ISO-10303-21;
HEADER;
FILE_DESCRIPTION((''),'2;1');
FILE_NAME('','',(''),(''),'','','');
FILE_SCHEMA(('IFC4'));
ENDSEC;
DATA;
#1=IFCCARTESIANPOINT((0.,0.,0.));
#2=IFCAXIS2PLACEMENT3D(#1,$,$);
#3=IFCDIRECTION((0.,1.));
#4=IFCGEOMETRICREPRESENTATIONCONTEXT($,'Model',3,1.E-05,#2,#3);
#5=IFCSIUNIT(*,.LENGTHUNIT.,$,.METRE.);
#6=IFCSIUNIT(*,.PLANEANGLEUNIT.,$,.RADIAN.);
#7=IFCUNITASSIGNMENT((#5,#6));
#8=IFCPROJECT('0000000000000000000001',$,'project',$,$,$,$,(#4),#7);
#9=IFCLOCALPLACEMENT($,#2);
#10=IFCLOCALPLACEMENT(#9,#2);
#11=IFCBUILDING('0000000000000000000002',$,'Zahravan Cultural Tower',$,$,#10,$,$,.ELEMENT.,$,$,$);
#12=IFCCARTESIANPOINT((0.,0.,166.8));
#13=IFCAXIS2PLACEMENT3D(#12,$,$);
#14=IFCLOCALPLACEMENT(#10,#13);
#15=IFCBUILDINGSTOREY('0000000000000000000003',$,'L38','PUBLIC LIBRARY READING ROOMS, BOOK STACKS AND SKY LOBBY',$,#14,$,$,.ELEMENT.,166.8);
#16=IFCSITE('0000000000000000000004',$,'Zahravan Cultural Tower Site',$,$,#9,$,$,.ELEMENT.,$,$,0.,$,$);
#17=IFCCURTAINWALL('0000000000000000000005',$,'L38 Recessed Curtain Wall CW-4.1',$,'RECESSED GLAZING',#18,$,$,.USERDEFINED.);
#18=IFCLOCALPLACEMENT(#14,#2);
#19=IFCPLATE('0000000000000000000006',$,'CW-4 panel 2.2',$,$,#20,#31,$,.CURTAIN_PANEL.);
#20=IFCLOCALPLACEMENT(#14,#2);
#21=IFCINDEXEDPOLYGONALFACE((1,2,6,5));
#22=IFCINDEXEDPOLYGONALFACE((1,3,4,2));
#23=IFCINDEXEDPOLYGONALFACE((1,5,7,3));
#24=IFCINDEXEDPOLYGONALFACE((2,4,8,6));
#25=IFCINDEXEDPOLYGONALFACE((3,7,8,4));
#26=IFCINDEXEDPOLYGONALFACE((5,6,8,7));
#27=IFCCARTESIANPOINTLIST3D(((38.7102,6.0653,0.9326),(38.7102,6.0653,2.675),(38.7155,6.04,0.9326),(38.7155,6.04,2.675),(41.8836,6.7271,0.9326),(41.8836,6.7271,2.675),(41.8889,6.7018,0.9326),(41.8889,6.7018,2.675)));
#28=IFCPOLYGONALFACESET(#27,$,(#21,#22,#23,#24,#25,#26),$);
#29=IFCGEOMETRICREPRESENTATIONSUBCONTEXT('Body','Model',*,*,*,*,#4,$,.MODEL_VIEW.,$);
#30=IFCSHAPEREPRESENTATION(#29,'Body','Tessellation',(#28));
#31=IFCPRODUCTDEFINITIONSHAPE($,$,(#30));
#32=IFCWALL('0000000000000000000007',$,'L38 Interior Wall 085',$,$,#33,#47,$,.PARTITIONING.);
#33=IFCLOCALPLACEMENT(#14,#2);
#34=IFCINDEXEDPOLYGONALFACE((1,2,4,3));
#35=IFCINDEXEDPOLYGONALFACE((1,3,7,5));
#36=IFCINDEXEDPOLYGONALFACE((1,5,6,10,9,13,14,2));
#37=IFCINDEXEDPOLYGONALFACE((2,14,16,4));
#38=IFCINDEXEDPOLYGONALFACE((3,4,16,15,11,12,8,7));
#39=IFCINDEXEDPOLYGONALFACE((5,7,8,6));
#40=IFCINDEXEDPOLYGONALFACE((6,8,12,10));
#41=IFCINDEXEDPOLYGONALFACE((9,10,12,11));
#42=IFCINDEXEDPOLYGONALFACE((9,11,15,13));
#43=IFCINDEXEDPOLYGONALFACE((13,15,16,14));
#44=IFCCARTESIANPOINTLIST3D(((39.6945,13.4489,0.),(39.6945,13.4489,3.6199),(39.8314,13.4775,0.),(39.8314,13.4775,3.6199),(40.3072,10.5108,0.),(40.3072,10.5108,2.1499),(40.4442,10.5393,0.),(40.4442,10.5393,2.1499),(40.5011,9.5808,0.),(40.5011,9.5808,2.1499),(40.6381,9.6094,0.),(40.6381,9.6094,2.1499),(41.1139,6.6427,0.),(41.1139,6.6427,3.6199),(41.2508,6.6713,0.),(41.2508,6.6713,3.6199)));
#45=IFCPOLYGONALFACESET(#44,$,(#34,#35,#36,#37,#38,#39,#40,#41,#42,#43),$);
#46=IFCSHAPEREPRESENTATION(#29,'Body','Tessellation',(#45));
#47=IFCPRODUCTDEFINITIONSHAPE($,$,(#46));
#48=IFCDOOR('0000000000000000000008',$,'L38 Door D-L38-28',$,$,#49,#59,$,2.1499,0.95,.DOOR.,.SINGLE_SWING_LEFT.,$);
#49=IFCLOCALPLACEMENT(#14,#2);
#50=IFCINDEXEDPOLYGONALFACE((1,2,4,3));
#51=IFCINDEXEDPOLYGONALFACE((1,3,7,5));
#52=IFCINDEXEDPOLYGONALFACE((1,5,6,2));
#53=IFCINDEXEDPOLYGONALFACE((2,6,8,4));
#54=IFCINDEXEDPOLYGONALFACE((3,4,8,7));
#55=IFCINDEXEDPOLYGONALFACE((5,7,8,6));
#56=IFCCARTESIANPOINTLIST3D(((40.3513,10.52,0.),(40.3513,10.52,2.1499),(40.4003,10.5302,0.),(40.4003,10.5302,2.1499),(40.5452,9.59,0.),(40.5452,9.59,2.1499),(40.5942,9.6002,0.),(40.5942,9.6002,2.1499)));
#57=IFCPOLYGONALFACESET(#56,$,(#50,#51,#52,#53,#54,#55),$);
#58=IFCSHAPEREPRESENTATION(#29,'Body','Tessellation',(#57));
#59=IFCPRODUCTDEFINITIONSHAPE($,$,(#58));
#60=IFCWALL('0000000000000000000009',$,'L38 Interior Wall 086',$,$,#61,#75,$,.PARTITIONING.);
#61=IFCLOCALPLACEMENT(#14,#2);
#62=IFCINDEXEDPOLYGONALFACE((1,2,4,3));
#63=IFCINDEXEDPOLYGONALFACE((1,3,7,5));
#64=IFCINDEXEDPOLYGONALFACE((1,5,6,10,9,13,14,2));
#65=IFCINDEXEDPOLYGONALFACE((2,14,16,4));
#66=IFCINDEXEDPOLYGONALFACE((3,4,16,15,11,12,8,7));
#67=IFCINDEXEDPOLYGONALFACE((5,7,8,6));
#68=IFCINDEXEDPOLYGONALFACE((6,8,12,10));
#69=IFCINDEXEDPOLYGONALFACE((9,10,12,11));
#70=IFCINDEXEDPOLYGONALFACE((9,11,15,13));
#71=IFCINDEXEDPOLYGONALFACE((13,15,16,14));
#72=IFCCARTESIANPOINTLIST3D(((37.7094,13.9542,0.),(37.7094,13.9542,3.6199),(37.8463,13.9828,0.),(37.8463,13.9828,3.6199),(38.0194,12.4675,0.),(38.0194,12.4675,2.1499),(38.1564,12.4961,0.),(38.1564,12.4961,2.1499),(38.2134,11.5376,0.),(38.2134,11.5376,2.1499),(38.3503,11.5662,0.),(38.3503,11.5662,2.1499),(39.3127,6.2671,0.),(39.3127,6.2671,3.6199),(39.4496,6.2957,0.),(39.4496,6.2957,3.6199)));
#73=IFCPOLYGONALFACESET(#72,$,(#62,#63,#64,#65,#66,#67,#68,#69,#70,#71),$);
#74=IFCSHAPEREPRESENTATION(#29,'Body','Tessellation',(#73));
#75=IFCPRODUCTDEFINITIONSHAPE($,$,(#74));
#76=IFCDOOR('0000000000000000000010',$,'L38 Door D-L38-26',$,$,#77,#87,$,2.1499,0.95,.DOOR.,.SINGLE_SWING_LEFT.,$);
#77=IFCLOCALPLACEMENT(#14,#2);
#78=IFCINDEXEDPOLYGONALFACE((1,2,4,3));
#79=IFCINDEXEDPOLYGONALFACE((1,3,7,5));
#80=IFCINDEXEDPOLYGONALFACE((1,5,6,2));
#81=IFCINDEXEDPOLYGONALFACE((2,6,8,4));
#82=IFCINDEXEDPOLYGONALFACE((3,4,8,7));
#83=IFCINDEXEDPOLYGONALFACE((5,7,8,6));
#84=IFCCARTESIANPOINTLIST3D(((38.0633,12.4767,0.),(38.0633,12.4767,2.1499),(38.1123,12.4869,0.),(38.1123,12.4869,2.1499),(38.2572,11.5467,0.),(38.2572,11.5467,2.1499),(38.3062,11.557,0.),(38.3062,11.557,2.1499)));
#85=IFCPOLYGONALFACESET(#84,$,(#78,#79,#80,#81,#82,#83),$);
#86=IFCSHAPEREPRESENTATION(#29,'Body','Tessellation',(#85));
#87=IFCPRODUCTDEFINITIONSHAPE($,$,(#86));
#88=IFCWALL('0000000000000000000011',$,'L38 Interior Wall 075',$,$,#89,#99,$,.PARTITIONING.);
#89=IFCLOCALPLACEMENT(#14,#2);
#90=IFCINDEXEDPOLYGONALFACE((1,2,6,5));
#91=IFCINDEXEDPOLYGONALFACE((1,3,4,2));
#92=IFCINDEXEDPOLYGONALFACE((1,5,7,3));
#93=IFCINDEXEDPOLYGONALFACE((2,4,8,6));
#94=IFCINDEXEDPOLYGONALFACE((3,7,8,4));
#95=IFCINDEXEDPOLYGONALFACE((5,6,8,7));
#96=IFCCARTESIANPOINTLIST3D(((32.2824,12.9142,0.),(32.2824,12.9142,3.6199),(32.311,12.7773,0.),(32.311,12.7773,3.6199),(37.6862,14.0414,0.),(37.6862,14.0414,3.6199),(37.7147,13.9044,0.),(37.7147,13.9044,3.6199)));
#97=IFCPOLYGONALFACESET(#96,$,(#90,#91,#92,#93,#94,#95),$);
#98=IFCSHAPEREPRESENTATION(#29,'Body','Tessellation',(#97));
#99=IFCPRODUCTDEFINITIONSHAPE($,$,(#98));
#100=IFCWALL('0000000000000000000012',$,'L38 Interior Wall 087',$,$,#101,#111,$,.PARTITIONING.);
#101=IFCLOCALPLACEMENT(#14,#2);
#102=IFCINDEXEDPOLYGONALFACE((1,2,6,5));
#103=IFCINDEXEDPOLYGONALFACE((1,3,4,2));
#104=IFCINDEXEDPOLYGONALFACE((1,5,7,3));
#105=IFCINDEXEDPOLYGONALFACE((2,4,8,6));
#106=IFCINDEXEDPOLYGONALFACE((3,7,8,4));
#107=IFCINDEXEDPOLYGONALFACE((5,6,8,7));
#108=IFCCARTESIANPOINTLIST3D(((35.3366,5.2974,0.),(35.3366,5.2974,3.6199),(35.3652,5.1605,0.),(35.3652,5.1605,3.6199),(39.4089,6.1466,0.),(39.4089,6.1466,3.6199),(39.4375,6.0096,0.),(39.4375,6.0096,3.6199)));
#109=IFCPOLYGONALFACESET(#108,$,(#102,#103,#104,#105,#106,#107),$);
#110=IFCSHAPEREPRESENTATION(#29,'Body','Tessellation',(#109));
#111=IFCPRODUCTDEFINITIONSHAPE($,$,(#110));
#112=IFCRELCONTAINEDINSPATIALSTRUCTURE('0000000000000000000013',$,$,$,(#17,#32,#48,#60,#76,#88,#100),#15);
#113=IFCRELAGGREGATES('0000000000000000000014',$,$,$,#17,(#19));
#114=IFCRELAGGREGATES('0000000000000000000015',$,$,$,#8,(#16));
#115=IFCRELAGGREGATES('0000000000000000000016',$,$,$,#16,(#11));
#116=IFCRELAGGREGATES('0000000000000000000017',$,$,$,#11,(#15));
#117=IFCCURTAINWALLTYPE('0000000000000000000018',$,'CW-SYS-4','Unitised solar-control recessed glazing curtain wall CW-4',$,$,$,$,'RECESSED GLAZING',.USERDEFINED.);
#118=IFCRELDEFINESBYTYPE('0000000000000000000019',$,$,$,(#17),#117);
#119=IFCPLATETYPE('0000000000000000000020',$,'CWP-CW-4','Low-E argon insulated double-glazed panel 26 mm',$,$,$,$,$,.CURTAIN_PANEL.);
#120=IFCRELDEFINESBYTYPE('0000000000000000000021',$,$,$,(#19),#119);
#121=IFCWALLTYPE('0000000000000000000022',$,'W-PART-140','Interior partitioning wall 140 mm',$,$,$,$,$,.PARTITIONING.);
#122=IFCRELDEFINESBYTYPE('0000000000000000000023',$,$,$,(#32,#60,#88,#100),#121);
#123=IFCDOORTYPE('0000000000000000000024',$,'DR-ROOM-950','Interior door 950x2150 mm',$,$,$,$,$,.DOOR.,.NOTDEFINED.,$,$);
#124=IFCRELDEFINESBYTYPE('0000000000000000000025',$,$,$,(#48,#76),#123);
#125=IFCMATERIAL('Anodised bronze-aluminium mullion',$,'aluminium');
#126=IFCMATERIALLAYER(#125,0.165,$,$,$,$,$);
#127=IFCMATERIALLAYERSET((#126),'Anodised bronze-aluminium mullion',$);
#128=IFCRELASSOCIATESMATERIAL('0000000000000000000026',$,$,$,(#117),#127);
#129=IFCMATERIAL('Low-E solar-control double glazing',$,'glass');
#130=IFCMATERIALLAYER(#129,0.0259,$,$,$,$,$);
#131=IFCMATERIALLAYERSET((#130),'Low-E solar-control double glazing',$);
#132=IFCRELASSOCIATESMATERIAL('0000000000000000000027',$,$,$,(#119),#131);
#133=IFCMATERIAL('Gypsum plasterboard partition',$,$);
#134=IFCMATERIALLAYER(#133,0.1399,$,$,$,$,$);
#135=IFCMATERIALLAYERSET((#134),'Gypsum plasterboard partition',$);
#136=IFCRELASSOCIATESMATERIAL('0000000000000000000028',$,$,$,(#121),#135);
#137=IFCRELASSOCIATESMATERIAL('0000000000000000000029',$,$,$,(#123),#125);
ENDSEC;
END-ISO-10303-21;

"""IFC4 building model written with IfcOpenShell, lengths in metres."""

from ifc_helpers import new_model, si_unit, direction, frame, frame_2d, origin, origin_2d, place, context, subcontext, project, spatial, rectangle, extrude, source, transform, mapped, material, layer, layer_set, type_object, element, fill, aggregate, save


model = new_model("IFC4")

# Units and contexts
model_context = context("Model", 3, precision=1e-05, world=origin(), true_north=direction((0.0, 1.0)))
body_context = subcontext(model_context, "Body", "Model", "MODEL_VIEW")
ifc_project = project(units=[si_unit("LENGTHUNIT", "METRE"), si_unit("PLANEANGLEUNIT", "RADIAN")], contexts=[model_context])

# Site, building, storey
site_placement = place(None, origin())
site = spatial("IfcSite", under=ifc_project, at=site_placement, Name="Zahravan Cultural Tower Site", CompositionType="ELEMENT", RefElevation=0.0)
building_placement = place(site_placement, origin())
building = spatial("IfcBuilding", under=site, at=building_placement, Name="Zahravan Cultural Tower", CompositionType="ELEMENT")
storey_placement = place(building_placement, frame((0.0, 0.0, 166.8)))
storey = spatial("IfcBuildingStorey", under=building, at=storey_placement, Name="L38", Description="PUBLIC LIBRARY READING ROOMS, BOOK STACKS AND SKY LOBBY", CompositionType="ELEMENT", Elevation=166.8)

# Curtain wall, plate
ifc_material_1 = material(Name="Anodised bronze-aluminium mullion", Category="aluminium")
ifc_layer_1 = layer(ifc_material_1, 0.165)
ifc_layer_set_1 = layer_set([ifc_layer_1], Name="Anodised bronze-aluminium mullion")
curtain_wall_type = type_object("IfcCurtainWallType", Name="CW-SYS-4", Description="Unitised solar-control recessed glazing curtain wall CW-4", ElementType="RECESSED GLAZING", PredefinedType="USERDEFINED", material=ifc_layer_set_1)
curtain_wall_placement = place(storey_placement, origin())
curtain_wall = element("IfcCurtainWall", 1, at=curtain_wall_placement, inside=storey, type_object=curtain_wall_type, Name="L38 Recessed Curtain Wall CW-4.1", ObjectType="RECESSED GLAZING", PredefinedType="USERDEFINED")
ifc_material_2 = material(Name="Low-E solar-control double glazing", Category="glass")
ifc_layer_2 = layer(ifc_material_2, 0.0259)
ifc_layer_set_2 = layer_set([ifc_layer_2], Name="Low-E solar-control double glazing")
plate_type = type_object("IfcPlateType", Name="CWP-CW-4", Description="Low-E argon insulated double-glazed panel 26 mm", PredefinedType="CURTAIN_PANEL", material=ifc_layer_set_2)
shared_shape_1 = source(origin(), body_context, "Body", "SweptSolid", [
    extrude(rectangle(XDim=3.2417, YDim=0.0259, at=origin_2d()), origin(), (0.0, 0.0, 1.0), 1.7424),
])
plate_1_placement = place(storey_placement, frame((40.2996, 6.3835, 0.9326), z_axis=(0.0, 0.0, 1.0), x_axis=(-0.978937, -0.204162, 0.0)))
plate_1 = element("IfcPlate", 2, at=plate_1_placement, type_object=plate_type, Name="CW-4 panel 2.2", PredefinedType="CURTAIN_PANEL", context=body_context, shape_type="MappedRepresentation", body=[
    mapped(shared_shape_1, transform((0.0, 0.0, 0.0), x_axis=(1.0, 0.0, 0.0), y_axis=(0.0, 1.0, 0.0), z_axis=(0.0, 0.0, 1.0), scale=1.0)),
])
aggregate(curtain_wall, [plate_1])

# Walls, openings, doors
ifc_material_3 = material(Name="Gypsum plasterboard partition")
ifc_layer_3 = layer(ifc_material_3, 0.1399)
ifc_layer_set_3 = layer_set([ifc_layer_3], Name="Gypsum plasterboard partition")
wall_type = type_object("IfcWallType", Name="W-PART-140", Description="Interior partitioning wall 140 mm", PredefinedType="PARTITIONING", material=ifc_layer_set_3)
door_type = type_object("IfcDoorType", Name="DR-ROOM-950", Description="Interior door 950x2150 mm", OperationType="NOTDEFINED", PredefinedType="DOOR", material=ifc_material_1)
shared_shape_2 = source(origin(), body_context, "Body", "SweptSolid", [
    extrude(rectangle(XDim=0.95, YDim=2.1499, at=frame_2d((0.4751, 1.075))), frame((0.0, 0.0249, 0.0), z_axis=(0.0, -1.0, 0.0), x_axis=(1.0, 0.0, 0.0)), (0.0, 0.0, 1.0), 0.05),
])
wall_1_placement = place(storey_placement, frame((41.1824, 6.657, 0.0), z_axis=(0.0, 0.0, 1.0), x_axis=(-0.204159, 0.978938, 0.0)))
wall_1 = element("IfcWall", 3, at=wall_1_placement, inside=storey, type_object=wall_type, Name="L38 Interior Wall 085", PredefinedType="PARTITIONING", context=body_context, shape_type="SweptSolid", body=[
    extrude(rectangle(XDim=6.9526, YDim=0.1399, at=frame_2d((3.4763, 0.0))), origin(), (0.0, 0.0, 1.0), 3.6199),
])
opening_1_placement = place(wall_1_placement, frame((3.0012, 0.0, 0.0)))
opening_1 = element("IfcOpeningElement", 4, at=opening_1_placement, cuts=wall_1, PredefinedType="OPENING", context=body_context, shape_type="SweptSolid", body=[
    extrude(rectangle(XDim=0.95, YDim=2.1499, at=frame_2d((0.4751, 1.075))), frame((0.0, 0.0798, 0.0), z_axis=(0.0, -1.0, 0.0), x_axis=(1.0, 0.0, 0.0)), (0.0, 0.0, 1.0), 0.1599),
])
door_1_placement = place(opening_1_placement, origin())
door_1 = element("IfcDoor", 5, at=door_1_placement, inside=storey, type_object=door_type, Name="L38 Door D-L38-28", OperationType="SINGLE_SWING_LEFT", OverallHeight=2.1499, OverallWidth=0.95, PredefinedType="DOOR", context=body_context, shape_type="MappedRepresentation", body=[
    mapped(shared_shape_2, transform((0.0, 0.0, 0.0), x_axis=(1.0, 0.0, 0.0), y_axis=(0.0, 1.0, 0.0), z_axis=(0.0, 0.0, 1.0), scale=1.0)),
])
fill(opening_1, door_1)
wall_2_placement = place(storey_placement, frame((37.7778, 13.9685, 0.0), z_axis=(0.0, 0.0, 1.0), x_axis=(0.204175, -0.978934, 0.0)))
wall_2 = element("IfcWall", 6, at=wall_2_placement, inside=storey, type_object=wall_type, Name="L38 Interior Wall 086", PredefinedType="PARTITIONING", context=body_context, shape_type="SweptSolid", body=[
    extrude(rectangle(XDim=7.8525, YDim=0.1399, at=frame_2d((3.9263, 0.0))), origin(), (0.0, 0.0, 1.0), 3.6199),
])
opening_2_placement = place(wall_2_placement, frame((1.5186, 0.0, 0.0)))
opening_2 = element("IfcOpeningElement", 7, at=opening_2_placement, cuts=wall_2, PredefinedType="OPENING", context=body_context, shape_type="SweptSolid", body=[
    extrude(rectangle(XDim=0.95, YDim=2.1499, at=frame_2d((0.4751, 1.075))), frame((0.0, 0.0798, 0.0), z_axis=(0.0, -1.0, 0.0), x_axis=(1.0, 0.0, 0.0)), (0.0, 0.0, 1.0), 0.1599),
])
door_2_placement = place(opening_2_placement, origin())
door_2 = element("IfcDoor", 8, at=door_2_placement, inside=storey, type_object=door_type, Name="L38 Door D-L38-26", OperationType="SINGLE_SWING_LEFT", OverallHeight=2.1499, OverallWidth=0.95, PredefinedType="DOOR", context=body_context, shape_type="MappedRepresentation", body=[
    mapped(shared_shape_2, transform((0.0, 0.0, 0.0), x_axis=(1.0, 0.0, 0.0), y_axis=(0.0, 1.0, 0.0), z_axis=(0.0, 0.0, 1.0), scale=1.0)),
])
fill(opening_2, door_2)

# Walls
shared_shape_3 = source(origin(), body_context, "Body", "SweptSolid", [
    extrude(rectangle(XDim=5.52, YDim=0.1399, at=frame_2d((2.76, 0.0))), origin(), (0.0, 0.0, 1.0), 3.6199),
])
wall_3_placement = place(storey_placement, frame((37.7004, 13.9729, 0.0), z_axis=(0.0, 0.0, 1.0), x_axis=(-0.97893, -0.204198, 0.0)))
element("IfcWall", 9, at=wall_3_placement, inside=storey, type_object=wall_type, Name="L38 Interior Wall 075", PredefinedType="PARTITIONING", context=body_context, shape_type="MappedRepresentation", body=[
    mapped(shared_shape_3, transform((0.0, 0.0, 0.0), x_axis=(1.0, 0.0, 0.0), y_axis=(0.0, 1.0, 0.0), z_axis=(0.0, 0.0, 1.0), scale=1.0)),
])
shared_shape_4 = source(origin(), body_context, "Body", "SweptSolid", [
    extrude(rectangle(XDim=4.1599, YDim=0.1399, at=frame_2d((2.0801, 0.0))), origin(), (0.0, 0.0, 1.0), 3.6199),
])
wall_4_placement = place(storey_placement, frame((39.4233, 6.0781, 0.0), z_axis=(0.0, 0.0, 1.0), x_axis=(-0.978945, -0.204123, 0.0)))
element("IfcWall", 10, at=wall_4_placement, inside=storey, type_object=wall_type, Name="L38 Interior Wall 087", PredefinedType="PARTITIONING", context=body_context, shape_type="MappedRepresentation", body=[
    mapped(shared_shape_4, transform((0.0, 0.0, 0.0), x_axis=(1.0, 0.0, 0.0), y_axis=(0.0, 1.0, 0.0), z_axis=(0.0, 0.0, 1.0), scale=1.0)),
])

save(model, "model.ifc")
